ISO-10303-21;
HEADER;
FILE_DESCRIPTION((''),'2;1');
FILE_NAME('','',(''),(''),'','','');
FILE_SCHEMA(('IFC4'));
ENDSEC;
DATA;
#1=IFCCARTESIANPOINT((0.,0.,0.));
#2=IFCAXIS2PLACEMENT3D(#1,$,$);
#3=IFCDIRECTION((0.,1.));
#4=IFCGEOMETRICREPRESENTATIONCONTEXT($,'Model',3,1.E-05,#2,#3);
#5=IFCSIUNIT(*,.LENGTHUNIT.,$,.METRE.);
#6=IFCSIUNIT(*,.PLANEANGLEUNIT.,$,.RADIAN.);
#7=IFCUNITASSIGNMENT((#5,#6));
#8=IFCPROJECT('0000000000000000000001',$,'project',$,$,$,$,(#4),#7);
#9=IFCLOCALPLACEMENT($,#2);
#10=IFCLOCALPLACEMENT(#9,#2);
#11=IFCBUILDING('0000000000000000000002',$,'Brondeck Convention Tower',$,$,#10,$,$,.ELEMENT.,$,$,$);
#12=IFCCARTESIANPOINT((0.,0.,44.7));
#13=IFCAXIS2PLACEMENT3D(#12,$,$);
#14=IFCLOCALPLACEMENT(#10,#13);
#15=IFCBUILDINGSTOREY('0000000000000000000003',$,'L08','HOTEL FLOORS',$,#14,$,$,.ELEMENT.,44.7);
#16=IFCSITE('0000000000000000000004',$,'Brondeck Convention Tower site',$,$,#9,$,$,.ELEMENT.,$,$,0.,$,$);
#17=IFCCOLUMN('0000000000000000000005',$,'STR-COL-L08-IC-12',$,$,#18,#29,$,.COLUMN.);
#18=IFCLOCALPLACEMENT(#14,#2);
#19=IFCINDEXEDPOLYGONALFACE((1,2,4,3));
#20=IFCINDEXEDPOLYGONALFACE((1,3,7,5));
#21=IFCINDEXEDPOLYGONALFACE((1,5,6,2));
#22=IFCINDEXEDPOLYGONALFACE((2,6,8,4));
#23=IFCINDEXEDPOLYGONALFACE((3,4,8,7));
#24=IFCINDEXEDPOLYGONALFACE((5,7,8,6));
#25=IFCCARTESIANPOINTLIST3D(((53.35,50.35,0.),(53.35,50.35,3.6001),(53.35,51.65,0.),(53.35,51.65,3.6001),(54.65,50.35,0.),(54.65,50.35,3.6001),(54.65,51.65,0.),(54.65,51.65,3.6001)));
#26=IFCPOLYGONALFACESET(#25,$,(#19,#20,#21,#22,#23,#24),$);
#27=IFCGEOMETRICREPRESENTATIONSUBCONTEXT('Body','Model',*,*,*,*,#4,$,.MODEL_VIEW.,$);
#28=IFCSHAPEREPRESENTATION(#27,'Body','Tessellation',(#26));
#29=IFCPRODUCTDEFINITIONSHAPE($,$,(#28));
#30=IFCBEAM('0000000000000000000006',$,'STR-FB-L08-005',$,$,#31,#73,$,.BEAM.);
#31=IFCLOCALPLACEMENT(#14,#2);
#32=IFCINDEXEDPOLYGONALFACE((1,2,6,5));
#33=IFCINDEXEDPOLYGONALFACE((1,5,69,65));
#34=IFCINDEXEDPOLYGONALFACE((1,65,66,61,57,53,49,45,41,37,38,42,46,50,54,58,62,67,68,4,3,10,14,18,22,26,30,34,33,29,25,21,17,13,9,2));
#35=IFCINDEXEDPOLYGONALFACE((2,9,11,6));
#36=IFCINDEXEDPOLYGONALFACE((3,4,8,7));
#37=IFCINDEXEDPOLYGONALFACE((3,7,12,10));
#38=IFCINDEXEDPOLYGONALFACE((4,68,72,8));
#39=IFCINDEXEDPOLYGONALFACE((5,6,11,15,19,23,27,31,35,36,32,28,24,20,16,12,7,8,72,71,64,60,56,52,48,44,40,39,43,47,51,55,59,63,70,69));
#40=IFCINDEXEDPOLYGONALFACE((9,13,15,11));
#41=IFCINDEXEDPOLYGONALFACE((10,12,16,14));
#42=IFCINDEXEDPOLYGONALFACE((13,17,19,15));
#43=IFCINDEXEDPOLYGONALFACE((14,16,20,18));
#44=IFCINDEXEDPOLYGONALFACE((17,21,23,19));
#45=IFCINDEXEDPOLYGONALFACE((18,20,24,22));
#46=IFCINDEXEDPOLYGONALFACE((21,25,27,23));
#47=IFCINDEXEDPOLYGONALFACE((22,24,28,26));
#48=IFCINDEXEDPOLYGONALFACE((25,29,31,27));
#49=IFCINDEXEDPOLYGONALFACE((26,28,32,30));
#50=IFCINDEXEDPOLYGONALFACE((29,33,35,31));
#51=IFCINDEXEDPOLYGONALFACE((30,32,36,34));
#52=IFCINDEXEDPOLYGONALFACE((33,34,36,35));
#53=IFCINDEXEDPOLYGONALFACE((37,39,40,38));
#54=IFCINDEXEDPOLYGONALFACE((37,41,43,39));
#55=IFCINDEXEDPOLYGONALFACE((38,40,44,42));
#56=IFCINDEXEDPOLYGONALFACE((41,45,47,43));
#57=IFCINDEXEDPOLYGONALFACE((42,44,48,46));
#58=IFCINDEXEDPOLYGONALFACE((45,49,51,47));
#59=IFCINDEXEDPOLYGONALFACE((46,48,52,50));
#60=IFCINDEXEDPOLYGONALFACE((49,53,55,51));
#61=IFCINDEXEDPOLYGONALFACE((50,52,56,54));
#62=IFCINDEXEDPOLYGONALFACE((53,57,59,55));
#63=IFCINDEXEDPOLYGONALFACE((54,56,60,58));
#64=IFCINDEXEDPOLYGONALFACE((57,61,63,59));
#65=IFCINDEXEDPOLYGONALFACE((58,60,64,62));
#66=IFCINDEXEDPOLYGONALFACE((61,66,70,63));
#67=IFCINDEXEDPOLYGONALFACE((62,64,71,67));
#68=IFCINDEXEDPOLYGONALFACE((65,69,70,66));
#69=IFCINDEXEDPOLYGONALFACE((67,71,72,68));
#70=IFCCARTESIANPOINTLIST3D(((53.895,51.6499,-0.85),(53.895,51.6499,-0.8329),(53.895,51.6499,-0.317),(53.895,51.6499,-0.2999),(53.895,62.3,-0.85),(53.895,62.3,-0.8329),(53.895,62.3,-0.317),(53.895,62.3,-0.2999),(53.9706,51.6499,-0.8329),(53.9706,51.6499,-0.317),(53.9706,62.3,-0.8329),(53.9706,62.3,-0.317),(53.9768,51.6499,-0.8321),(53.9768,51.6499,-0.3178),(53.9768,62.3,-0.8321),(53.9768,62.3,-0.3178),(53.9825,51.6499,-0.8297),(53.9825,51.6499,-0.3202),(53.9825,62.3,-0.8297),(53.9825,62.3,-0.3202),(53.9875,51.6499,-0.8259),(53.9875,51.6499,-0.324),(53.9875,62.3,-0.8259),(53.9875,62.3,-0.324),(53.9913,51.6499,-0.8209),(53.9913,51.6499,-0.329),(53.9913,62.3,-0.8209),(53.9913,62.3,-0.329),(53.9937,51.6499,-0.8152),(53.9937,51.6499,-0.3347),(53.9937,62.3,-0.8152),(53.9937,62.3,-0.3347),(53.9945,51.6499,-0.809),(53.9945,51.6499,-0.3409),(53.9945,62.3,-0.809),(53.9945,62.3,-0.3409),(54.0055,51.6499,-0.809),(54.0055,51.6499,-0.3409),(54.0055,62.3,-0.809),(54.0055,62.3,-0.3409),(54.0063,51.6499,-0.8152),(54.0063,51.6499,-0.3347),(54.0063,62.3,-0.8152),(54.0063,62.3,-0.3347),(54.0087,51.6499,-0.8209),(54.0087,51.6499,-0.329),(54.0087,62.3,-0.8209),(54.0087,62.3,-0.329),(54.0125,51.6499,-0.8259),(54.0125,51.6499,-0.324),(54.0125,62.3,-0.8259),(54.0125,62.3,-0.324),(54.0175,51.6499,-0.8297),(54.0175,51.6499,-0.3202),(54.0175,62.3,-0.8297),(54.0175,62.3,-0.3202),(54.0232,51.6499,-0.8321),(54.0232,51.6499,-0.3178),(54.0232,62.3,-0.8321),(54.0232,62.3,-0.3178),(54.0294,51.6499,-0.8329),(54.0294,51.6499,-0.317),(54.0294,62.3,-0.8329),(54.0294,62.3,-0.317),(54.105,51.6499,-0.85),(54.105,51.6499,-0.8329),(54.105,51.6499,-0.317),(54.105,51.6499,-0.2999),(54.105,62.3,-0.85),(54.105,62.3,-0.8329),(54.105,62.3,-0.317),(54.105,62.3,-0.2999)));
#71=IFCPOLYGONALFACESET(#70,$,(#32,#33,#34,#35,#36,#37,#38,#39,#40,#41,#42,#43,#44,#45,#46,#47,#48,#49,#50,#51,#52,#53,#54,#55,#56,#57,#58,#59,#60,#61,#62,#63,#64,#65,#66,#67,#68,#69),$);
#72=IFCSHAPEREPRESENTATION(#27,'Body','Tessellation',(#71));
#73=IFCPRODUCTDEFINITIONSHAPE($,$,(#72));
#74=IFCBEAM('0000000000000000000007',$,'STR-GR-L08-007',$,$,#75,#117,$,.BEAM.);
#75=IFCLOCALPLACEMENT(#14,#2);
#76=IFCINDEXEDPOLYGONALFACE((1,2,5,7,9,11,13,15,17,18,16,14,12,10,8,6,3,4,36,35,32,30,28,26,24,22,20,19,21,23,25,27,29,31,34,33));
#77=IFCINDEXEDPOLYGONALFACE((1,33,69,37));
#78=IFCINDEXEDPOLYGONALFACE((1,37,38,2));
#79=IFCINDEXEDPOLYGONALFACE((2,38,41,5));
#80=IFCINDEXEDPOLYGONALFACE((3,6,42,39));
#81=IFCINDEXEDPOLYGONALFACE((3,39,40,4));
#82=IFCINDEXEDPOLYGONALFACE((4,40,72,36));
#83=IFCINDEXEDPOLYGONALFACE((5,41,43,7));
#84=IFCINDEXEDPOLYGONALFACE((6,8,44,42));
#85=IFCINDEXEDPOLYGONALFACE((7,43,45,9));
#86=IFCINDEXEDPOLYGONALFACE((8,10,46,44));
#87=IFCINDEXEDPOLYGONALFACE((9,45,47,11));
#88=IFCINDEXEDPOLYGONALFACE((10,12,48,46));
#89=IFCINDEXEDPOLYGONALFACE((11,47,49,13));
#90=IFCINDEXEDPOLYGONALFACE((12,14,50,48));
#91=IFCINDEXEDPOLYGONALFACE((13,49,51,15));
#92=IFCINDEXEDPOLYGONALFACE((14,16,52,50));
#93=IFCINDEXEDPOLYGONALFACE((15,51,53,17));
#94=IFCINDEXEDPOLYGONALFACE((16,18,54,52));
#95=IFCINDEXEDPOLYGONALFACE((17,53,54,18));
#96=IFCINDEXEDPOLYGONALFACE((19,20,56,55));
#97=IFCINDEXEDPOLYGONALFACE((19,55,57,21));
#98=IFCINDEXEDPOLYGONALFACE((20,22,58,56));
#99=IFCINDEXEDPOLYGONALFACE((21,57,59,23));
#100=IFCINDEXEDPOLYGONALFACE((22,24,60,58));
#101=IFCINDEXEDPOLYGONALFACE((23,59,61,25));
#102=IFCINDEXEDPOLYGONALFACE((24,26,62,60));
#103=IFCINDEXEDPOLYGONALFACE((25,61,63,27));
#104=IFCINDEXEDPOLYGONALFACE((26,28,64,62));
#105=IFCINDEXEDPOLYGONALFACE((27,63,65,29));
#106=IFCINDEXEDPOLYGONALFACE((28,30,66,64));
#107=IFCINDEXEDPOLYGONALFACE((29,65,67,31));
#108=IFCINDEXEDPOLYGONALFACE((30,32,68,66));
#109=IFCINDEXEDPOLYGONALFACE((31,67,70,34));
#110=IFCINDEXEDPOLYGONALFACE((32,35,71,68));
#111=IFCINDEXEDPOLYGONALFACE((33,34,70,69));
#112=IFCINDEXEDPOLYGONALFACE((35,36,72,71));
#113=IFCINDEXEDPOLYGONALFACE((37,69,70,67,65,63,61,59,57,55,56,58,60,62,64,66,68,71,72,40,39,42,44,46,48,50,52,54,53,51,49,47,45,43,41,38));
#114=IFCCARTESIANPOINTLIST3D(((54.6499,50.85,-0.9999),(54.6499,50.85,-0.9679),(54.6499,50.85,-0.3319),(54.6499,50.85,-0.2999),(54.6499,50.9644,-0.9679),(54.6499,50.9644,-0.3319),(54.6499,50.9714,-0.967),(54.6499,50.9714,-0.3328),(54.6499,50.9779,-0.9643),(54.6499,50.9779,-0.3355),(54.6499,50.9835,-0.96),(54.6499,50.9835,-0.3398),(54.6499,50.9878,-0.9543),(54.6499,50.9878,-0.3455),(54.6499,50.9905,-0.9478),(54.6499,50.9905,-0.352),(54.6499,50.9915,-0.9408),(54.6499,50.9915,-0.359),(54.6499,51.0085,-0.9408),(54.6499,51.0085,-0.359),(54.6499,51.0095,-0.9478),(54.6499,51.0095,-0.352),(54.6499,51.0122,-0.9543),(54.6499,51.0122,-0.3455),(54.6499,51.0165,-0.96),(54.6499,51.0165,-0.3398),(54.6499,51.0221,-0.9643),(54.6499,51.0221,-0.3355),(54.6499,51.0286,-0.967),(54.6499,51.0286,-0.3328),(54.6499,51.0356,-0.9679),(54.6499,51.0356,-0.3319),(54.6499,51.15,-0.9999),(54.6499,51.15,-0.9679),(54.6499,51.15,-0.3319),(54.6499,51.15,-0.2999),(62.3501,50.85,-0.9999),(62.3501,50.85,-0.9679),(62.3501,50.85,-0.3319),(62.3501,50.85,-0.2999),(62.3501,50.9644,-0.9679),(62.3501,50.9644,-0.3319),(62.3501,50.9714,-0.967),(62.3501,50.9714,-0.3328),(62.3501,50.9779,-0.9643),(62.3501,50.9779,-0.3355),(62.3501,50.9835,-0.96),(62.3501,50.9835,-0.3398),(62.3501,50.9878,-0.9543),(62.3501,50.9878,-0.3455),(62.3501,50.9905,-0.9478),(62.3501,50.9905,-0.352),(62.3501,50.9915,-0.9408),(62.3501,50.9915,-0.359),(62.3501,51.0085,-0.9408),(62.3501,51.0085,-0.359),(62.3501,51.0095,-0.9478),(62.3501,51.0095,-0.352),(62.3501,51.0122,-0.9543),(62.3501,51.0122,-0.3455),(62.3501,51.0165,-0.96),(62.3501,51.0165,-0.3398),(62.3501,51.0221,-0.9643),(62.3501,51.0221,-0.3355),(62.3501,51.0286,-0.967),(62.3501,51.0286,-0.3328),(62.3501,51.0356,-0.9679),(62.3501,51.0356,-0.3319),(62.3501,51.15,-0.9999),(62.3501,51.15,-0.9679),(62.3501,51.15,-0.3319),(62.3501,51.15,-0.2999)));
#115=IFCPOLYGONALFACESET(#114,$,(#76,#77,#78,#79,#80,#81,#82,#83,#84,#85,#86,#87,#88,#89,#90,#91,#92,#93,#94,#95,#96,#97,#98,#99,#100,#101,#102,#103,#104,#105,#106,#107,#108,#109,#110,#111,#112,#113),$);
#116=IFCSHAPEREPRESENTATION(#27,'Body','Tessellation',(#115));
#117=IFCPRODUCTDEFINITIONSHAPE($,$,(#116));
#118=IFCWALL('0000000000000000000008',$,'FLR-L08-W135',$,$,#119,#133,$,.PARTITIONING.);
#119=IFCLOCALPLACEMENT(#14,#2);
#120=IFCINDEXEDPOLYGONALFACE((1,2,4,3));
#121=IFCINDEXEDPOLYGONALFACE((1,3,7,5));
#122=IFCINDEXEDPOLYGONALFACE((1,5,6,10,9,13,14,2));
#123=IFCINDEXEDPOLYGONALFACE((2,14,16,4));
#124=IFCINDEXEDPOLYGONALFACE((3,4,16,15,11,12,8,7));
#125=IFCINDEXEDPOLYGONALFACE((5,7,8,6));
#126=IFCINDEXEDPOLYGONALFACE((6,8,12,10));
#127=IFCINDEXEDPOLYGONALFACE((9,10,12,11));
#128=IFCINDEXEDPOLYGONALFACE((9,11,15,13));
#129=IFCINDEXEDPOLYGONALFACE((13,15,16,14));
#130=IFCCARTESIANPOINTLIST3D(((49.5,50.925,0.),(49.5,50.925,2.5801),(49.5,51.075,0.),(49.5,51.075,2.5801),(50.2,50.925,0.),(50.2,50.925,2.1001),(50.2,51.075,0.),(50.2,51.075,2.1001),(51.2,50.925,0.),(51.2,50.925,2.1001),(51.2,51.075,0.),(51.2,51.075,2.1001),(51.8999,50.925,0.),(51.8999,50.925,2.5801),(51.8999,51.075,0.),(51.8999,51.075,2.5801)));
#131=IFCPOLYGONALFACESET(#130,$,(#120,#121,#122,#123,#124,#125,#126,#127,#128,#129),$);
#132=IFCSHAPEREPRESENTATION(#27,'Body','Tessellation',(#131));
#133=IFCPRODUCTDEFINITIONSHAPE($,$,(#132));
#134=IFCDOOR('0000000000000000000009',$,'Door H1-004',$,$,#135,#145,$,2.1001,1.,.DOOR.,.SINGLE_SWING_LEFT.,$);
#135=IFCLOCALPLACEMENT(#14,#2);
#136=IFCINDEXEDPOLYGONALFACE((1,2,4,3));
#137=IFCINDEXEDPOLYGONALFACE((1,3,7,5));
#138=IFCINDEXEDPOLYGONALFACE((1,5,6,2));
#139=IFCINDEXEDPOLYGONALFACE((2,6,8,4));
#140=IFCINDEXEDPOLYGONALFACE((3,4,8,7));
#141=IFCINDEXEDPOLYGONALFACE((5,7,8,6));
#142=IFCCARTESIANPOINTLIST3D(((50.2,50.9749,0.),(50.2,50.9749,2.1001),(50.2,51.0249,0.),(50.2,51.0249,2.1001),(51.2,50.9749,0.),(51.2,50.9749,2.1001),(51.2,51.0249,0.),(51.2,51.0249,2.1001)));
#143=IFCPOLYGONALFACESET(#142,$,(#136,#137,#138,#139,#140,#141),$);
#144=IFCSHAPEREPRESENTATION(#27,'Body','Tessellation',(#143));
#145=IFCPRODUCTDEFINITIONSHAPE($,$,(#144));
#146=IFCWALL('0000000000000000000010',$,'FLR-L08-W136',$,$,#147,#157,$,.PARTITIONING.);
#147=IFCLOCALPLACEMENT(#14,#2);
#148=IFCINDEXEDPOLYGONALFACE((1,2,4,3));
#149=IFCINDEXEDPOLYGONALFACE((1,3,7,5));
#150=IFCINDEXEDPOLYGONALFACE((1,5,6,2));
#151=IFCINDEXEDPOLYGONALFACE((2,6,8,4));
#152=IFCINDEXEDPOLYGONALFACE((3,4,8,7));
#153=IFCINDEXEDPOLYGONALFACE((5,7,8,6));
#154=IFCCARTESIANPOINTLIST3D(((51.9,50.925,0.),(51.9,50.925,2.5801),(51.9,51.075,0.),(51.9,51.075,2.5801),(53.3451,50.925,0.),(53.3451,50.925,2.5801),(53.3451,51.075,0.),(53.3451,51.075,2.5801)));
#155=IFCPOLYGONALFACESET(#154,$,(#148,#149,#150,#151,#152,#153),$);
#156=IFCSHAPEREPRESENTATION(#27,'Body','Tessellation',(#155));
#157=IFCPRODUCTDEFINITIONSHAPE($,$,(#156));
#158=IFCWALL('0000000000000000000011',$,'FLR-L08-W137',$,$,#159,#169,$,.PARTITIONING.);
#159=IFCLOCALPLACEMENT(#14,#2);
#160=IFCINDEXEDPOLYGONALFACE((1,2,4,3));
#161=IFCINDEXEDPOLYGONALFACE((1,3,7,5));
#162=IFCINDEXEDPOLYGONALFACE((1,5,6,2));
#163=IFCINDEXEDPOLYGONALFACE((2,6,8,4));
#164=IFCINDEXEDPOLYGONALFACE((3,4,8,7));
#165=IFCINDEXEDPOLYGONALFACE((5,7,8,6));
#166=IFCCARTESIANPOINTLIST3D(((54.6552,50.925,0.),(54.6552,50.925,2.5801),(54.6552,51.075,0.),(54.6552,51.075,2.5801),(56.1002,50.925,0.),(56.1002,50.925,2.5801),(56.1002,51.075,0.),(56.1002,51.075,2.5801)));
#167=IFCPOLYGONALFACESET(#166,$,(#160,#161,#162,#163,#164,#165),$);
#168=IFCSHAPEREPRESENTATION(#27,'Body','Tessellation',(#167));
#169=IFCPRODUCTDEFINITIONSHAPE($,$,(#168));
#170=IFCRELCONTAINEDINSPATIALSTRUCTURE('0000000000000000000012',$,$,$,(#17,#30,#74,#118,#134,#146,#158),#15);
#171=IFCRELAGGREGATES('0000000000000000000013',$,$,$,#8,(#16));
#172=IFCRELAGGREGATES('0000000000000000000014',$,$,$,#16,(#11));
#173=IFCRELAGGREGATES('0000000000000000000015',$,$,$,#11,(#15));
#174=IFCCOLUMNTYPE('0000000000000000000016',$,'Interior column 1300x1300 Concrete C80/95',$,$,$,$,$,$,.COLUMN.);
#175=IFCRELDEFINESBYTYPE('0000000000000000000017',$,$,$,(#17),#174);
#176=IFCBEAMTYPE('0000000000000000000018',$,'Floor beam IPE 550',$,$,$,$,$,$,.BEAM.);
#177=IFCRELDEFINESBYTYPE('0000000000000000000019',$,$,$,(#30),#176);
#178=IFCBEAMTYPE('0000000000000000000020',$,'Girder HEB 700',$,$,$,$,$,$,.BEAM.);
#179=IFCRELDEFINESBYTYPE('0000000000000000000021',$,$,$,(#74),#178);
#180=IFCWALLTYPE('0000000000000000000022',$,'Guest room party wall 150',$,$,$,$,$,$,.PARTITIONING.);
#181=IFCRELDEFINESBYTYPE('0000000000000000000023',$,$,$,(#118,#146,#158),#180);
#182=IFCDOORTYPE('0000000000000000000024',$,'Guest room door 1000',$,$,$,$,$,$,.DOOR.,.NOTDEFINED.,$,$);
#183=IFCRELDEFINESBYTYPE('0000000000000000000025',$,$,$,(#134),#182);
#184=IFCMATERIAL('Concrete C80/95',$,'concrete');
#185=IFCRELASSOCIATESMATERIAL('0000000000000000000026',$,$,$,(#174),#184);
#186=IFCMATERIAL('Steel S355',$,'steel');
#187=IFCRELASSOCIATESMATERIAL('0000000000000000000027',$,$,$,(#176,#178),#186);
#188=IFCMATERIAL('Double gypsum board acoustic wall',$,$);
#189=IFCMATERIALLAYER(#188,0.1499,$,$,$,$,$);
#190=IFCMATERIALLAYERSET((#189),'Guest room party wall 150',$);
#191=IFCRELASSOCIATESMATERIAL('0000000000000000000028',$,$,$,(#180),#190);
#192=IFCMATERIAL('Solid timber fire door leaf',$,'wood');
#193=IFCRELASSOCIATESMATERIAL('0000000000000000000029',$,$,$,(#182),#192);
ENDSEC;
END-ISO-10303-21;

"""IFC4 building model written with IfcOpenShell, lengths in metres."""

from ifc_helpers import new_model, si_unit, direction, frame, frame_2d, origin, origin_2d, place, context, subcontext, project, spatial, rectangle, i_section, extrude, material, layer, layer_set, material_profile, profile_set, type_object, element, fill, save


model = new_model("IFC4")

# Units and contexts
model_context = context("Model", 3, precision=1e-05, world=origin(), true_north=direction((0.0, 1.0)))
body_context = subcontext(model_context, "Body", "Model", "MODEL_VIEW")
ifc_project = project(units=[si_unit("LENGTHUNIT", "METRE"), si_unit("PLANEANGLEUNIT", "RADIAN")], contexts=[model_context])

# Site, building, storey
site_placement = place(None, origin())
site = spatial("IfcSite", under=ifc_project, at=site_placement, Name="Brondeck Convention Tower site", CompositionType="ELEMENT", RefElevation=0.0)
building_placement = place(site_placement, origin())
building = spatial("IfcBuilding", under=site, at=building_placement, Name="Brondeck Convention Tower", CompositionType="ELEMENT")
storey_placement = place(building_placement, frame((0.0, 0.0, 44.7)))
storey = spatial("IfcBuildingStorey", under=building, at=storey_placement, Name="L08", Description="HOTEL FLOORS", CompositionType="ELEMENT", Elevation=44.7)

# Column
ifc_material_1 = material(Name="Concrete C80/95", Category="concrete")
ifc_material_profile_1 = material_profile(ifc_material_1, rectangle(XDim=1.3, YDim=1.3, at=origin_2d()), Name="Interior column 1300x1300 Concrete C80/95")
ifc_profile_set_1 = profile_set([ifc_material_profile_1], Name="Concrete C80/95")
column_type = type_object("IfcColumnType", Name="Interior column 1300x1300 Concrete C80/95", PredefinedType="COLUMN", material=ifc_profile_set_1)
column_placement = place(storey_placement, frame((54.0, 51.0, 0.0), z_axis=(0.0, 0.0, 1.0), x_axis=(1.0, 0.0, 0.0)))
element("IfcColumn", 1, at=column_placement, inside=storey, type_object=column_type, Name="STR-COL-L08-IC-12", PredefinedType="COLUMN", context=body_context, shape_type="SweptSolid", body=[
    extrude(rectangle(XDim=1.3, YDim=1.3, at=origin_2d()), origin(), (0.0, 0.0, 1.0), 3.6001),
])

# Beams
ifc_material_2 = material(Name="Steel S355", Category="steel")
ifc_material_profile_2 = material_profile(ifc_material_2, i_section(OverallWidth=0.21, OverallDepth=0.55, WebThickness=0.011, FlangeThickness=0.0171, FilletRadius=0.0239, at=origin_2d()), Name="IPE 550")
ifc_profile_set_2 = profile_set([ifc_material_profile_2], Name="Steel S355")
beam_type_1 = type_object("IfcBeamType", Name="Floor beam IPE 550", PredefinedType="BEAM", material=ifc_profile_set_2)
beam_1_placement = place(storey_placement, frame((54.0, 51.6499, -0.575), z_axis=(0.0, 1.0, 0.0), x_axis=(-1.0, 0.0, 0.0)))
element("IfcBeam", 2, at=beam_1_placement, inside=storey, type_object=beam_type_1, Name="STR-FB-L08-005", PredefinedType="BEAM", context=body_context, shape_type="SweptSolid", body=[
    extrude(i_section(OverallWidth=0.21, OverallDepth=0.55, WebThickness=0.011, FlangeThickness=0.0171, FilletRadius=0.0239, at=origin_2d()), origin(), (0.0, 0.0, 1.0), 10.6501),
])
ifc_material_profile_3 = material_profile(ifc_material_2, i_section(OverallWidth=0.3, OverallDepth=0.7, WebThickness=0.0171, FlangeThickness=0.032, FilletRadius=0.0271, at=origin_2d()), Name="HEB 700")
ifc_profile_set_3 = profile_set([ifc_material_profile_3], Name="Steel S355")
beam_type_2 = type_object("IfcBeamType", Name="Girder HEB 700", PredefinedType="BEAM", material=ifc_profile_set_3)
beam_2_placement = place(storey_placement, frame((54.6499, 51.0, -0.6499), z_axis=(1.0, 0.0, 0.0), x_axis=(0.0, 1.0, 0.0)))
element("IfcBeam", 3, at=beam_2_placement, inside=storey, type_object=beam_type_2, Name="STR-GR-L08-007", PredefinedType="BEAM", context=body_context, shape_type="SweptSolid", body=[
    extrude(i_section(OverallWidth=0.3, OverallDepth=0.7, WebThickness=0.0171, FlangeThickness=0.032, FilletRadius=0.0271, at=origin_2d()), origin(), (0.0, 0.0, 1.0), 7.7002),
])

# Wall, opening, door
ifc_material_3 = material(Name="Double gypsum board acoustic wall")
ifc_layer_1 = layer(ifc_material_3, 0.1499)
ifc_layer_set_1 = layer_set([ifc_layer_1], Name="Guest room party wall 150")
wall_type_1 = type_object("IfcWallType", Name="Guest room party wall 150", PredefinedType="PARTITIONING", material=ifc_layer_set_1)
wall_1_placement = place(storey_placement, frame((49.5, 51.0, 0.0), z_axis=(0.0, 0.0, 1.0), x_axis=(1.0, 0.0, 0.0)))
wall_1 = element("IfcWall", 4, at=wall_1_placement, inside=storey, type_object=wall_type_1, Name="FLR-L08-W135", PredefinedType="PARTITIONING", context=body_context, shape_type="SweptSolid", body=[
    extrude(rectangle(XDim=2.3999, YDim=0.1499, at=frame_2d((1.2, 0.0))), origin(), (0.0, 0.0, 1.0), 2.5801),
])
opening_1_placement = place(wall_1_placement, frame((0.7, 0.0, 0.0)))
opening_1 = element("IfcOpeningElement", 5, at=opening_1_placement, cuts=wall_1, PredefinedType="OPENING", context=body_context, shape_type="SweptSolid", body=[
    extrude(rectangle(XDim=1.0, YDim=2.1001, at=frame_2d((0.5, 1.05))), frame((0.0, 0.085, 0.0), z_axis=(0.0, -1.0, 0.0), x_axis=(1.0, 0.0, 0.0)), (0.0, 0.0, 1.0), 0.1699),
])
ifc_material_4 = material(Name="Solid timber fire door leaf", Category="wood")
door_type_1 = type_object("IfcDoorType", Name="Guest room door 1000", OperationType="NOTDEFINED", PredefinedType="DOOR", material=ifc_material_4)
door_1_placement = place(opening_1_placement, origin())
door_1 = element("IfcDoor", 6, at=door_1_placement, inside=storey, type_object=door_type_1, Name="Door H1-004", OperationType="SINGLE_SWING_LEFT", OverallHeight=2.1001, OverallWidth=1.0, PredefinedType="DOOR", context=body_context, shape_type="SweptSolid", body=[
    extrude(rectangle(XDim=1.0, YDim=2.1001, at=frame_2d((0.5, 1.05))), frame((0.0, 0.0249, 0.0), z_axis=(0.0, -1.0, 0.0), x_axis=(1.0, 0.0, 0.0)), (0.0, 0.0, 1.0), 0.05),
])
fill(opening_1, door_1)

# Walls
for number, where, z_axis, x_axis, name in (
    (7, (51.8999, 51.0, 0.0), (0.0, 0.0, 1.0), (1.0, 0.0, 0.0), "FLR-L08-W136"),
    (8, (54.655, 51.0, 0.0), (0.0, 0.0, 1.0), (1.0, 0.0, 0.0), "FLR-L08-W137"),
):
    element("IfcWall", number, at=place(storey_placement, frame(where, z_axis=z_axis, x_axis=x_axis)), inside=storey, type_object=wall_type_1, Name=name, PredefinedType="PARTITIONING", context=body_context, shape_type="SweptSolid", body=[
        extrude(rectangle(XDim=1.4451, YDim=0.1499, at=frame_2d((0.7227, 0.0))), origin(), (0.0, 0.0, 1.0), 2.5801),
    ])

save(model, "model.ifc")
